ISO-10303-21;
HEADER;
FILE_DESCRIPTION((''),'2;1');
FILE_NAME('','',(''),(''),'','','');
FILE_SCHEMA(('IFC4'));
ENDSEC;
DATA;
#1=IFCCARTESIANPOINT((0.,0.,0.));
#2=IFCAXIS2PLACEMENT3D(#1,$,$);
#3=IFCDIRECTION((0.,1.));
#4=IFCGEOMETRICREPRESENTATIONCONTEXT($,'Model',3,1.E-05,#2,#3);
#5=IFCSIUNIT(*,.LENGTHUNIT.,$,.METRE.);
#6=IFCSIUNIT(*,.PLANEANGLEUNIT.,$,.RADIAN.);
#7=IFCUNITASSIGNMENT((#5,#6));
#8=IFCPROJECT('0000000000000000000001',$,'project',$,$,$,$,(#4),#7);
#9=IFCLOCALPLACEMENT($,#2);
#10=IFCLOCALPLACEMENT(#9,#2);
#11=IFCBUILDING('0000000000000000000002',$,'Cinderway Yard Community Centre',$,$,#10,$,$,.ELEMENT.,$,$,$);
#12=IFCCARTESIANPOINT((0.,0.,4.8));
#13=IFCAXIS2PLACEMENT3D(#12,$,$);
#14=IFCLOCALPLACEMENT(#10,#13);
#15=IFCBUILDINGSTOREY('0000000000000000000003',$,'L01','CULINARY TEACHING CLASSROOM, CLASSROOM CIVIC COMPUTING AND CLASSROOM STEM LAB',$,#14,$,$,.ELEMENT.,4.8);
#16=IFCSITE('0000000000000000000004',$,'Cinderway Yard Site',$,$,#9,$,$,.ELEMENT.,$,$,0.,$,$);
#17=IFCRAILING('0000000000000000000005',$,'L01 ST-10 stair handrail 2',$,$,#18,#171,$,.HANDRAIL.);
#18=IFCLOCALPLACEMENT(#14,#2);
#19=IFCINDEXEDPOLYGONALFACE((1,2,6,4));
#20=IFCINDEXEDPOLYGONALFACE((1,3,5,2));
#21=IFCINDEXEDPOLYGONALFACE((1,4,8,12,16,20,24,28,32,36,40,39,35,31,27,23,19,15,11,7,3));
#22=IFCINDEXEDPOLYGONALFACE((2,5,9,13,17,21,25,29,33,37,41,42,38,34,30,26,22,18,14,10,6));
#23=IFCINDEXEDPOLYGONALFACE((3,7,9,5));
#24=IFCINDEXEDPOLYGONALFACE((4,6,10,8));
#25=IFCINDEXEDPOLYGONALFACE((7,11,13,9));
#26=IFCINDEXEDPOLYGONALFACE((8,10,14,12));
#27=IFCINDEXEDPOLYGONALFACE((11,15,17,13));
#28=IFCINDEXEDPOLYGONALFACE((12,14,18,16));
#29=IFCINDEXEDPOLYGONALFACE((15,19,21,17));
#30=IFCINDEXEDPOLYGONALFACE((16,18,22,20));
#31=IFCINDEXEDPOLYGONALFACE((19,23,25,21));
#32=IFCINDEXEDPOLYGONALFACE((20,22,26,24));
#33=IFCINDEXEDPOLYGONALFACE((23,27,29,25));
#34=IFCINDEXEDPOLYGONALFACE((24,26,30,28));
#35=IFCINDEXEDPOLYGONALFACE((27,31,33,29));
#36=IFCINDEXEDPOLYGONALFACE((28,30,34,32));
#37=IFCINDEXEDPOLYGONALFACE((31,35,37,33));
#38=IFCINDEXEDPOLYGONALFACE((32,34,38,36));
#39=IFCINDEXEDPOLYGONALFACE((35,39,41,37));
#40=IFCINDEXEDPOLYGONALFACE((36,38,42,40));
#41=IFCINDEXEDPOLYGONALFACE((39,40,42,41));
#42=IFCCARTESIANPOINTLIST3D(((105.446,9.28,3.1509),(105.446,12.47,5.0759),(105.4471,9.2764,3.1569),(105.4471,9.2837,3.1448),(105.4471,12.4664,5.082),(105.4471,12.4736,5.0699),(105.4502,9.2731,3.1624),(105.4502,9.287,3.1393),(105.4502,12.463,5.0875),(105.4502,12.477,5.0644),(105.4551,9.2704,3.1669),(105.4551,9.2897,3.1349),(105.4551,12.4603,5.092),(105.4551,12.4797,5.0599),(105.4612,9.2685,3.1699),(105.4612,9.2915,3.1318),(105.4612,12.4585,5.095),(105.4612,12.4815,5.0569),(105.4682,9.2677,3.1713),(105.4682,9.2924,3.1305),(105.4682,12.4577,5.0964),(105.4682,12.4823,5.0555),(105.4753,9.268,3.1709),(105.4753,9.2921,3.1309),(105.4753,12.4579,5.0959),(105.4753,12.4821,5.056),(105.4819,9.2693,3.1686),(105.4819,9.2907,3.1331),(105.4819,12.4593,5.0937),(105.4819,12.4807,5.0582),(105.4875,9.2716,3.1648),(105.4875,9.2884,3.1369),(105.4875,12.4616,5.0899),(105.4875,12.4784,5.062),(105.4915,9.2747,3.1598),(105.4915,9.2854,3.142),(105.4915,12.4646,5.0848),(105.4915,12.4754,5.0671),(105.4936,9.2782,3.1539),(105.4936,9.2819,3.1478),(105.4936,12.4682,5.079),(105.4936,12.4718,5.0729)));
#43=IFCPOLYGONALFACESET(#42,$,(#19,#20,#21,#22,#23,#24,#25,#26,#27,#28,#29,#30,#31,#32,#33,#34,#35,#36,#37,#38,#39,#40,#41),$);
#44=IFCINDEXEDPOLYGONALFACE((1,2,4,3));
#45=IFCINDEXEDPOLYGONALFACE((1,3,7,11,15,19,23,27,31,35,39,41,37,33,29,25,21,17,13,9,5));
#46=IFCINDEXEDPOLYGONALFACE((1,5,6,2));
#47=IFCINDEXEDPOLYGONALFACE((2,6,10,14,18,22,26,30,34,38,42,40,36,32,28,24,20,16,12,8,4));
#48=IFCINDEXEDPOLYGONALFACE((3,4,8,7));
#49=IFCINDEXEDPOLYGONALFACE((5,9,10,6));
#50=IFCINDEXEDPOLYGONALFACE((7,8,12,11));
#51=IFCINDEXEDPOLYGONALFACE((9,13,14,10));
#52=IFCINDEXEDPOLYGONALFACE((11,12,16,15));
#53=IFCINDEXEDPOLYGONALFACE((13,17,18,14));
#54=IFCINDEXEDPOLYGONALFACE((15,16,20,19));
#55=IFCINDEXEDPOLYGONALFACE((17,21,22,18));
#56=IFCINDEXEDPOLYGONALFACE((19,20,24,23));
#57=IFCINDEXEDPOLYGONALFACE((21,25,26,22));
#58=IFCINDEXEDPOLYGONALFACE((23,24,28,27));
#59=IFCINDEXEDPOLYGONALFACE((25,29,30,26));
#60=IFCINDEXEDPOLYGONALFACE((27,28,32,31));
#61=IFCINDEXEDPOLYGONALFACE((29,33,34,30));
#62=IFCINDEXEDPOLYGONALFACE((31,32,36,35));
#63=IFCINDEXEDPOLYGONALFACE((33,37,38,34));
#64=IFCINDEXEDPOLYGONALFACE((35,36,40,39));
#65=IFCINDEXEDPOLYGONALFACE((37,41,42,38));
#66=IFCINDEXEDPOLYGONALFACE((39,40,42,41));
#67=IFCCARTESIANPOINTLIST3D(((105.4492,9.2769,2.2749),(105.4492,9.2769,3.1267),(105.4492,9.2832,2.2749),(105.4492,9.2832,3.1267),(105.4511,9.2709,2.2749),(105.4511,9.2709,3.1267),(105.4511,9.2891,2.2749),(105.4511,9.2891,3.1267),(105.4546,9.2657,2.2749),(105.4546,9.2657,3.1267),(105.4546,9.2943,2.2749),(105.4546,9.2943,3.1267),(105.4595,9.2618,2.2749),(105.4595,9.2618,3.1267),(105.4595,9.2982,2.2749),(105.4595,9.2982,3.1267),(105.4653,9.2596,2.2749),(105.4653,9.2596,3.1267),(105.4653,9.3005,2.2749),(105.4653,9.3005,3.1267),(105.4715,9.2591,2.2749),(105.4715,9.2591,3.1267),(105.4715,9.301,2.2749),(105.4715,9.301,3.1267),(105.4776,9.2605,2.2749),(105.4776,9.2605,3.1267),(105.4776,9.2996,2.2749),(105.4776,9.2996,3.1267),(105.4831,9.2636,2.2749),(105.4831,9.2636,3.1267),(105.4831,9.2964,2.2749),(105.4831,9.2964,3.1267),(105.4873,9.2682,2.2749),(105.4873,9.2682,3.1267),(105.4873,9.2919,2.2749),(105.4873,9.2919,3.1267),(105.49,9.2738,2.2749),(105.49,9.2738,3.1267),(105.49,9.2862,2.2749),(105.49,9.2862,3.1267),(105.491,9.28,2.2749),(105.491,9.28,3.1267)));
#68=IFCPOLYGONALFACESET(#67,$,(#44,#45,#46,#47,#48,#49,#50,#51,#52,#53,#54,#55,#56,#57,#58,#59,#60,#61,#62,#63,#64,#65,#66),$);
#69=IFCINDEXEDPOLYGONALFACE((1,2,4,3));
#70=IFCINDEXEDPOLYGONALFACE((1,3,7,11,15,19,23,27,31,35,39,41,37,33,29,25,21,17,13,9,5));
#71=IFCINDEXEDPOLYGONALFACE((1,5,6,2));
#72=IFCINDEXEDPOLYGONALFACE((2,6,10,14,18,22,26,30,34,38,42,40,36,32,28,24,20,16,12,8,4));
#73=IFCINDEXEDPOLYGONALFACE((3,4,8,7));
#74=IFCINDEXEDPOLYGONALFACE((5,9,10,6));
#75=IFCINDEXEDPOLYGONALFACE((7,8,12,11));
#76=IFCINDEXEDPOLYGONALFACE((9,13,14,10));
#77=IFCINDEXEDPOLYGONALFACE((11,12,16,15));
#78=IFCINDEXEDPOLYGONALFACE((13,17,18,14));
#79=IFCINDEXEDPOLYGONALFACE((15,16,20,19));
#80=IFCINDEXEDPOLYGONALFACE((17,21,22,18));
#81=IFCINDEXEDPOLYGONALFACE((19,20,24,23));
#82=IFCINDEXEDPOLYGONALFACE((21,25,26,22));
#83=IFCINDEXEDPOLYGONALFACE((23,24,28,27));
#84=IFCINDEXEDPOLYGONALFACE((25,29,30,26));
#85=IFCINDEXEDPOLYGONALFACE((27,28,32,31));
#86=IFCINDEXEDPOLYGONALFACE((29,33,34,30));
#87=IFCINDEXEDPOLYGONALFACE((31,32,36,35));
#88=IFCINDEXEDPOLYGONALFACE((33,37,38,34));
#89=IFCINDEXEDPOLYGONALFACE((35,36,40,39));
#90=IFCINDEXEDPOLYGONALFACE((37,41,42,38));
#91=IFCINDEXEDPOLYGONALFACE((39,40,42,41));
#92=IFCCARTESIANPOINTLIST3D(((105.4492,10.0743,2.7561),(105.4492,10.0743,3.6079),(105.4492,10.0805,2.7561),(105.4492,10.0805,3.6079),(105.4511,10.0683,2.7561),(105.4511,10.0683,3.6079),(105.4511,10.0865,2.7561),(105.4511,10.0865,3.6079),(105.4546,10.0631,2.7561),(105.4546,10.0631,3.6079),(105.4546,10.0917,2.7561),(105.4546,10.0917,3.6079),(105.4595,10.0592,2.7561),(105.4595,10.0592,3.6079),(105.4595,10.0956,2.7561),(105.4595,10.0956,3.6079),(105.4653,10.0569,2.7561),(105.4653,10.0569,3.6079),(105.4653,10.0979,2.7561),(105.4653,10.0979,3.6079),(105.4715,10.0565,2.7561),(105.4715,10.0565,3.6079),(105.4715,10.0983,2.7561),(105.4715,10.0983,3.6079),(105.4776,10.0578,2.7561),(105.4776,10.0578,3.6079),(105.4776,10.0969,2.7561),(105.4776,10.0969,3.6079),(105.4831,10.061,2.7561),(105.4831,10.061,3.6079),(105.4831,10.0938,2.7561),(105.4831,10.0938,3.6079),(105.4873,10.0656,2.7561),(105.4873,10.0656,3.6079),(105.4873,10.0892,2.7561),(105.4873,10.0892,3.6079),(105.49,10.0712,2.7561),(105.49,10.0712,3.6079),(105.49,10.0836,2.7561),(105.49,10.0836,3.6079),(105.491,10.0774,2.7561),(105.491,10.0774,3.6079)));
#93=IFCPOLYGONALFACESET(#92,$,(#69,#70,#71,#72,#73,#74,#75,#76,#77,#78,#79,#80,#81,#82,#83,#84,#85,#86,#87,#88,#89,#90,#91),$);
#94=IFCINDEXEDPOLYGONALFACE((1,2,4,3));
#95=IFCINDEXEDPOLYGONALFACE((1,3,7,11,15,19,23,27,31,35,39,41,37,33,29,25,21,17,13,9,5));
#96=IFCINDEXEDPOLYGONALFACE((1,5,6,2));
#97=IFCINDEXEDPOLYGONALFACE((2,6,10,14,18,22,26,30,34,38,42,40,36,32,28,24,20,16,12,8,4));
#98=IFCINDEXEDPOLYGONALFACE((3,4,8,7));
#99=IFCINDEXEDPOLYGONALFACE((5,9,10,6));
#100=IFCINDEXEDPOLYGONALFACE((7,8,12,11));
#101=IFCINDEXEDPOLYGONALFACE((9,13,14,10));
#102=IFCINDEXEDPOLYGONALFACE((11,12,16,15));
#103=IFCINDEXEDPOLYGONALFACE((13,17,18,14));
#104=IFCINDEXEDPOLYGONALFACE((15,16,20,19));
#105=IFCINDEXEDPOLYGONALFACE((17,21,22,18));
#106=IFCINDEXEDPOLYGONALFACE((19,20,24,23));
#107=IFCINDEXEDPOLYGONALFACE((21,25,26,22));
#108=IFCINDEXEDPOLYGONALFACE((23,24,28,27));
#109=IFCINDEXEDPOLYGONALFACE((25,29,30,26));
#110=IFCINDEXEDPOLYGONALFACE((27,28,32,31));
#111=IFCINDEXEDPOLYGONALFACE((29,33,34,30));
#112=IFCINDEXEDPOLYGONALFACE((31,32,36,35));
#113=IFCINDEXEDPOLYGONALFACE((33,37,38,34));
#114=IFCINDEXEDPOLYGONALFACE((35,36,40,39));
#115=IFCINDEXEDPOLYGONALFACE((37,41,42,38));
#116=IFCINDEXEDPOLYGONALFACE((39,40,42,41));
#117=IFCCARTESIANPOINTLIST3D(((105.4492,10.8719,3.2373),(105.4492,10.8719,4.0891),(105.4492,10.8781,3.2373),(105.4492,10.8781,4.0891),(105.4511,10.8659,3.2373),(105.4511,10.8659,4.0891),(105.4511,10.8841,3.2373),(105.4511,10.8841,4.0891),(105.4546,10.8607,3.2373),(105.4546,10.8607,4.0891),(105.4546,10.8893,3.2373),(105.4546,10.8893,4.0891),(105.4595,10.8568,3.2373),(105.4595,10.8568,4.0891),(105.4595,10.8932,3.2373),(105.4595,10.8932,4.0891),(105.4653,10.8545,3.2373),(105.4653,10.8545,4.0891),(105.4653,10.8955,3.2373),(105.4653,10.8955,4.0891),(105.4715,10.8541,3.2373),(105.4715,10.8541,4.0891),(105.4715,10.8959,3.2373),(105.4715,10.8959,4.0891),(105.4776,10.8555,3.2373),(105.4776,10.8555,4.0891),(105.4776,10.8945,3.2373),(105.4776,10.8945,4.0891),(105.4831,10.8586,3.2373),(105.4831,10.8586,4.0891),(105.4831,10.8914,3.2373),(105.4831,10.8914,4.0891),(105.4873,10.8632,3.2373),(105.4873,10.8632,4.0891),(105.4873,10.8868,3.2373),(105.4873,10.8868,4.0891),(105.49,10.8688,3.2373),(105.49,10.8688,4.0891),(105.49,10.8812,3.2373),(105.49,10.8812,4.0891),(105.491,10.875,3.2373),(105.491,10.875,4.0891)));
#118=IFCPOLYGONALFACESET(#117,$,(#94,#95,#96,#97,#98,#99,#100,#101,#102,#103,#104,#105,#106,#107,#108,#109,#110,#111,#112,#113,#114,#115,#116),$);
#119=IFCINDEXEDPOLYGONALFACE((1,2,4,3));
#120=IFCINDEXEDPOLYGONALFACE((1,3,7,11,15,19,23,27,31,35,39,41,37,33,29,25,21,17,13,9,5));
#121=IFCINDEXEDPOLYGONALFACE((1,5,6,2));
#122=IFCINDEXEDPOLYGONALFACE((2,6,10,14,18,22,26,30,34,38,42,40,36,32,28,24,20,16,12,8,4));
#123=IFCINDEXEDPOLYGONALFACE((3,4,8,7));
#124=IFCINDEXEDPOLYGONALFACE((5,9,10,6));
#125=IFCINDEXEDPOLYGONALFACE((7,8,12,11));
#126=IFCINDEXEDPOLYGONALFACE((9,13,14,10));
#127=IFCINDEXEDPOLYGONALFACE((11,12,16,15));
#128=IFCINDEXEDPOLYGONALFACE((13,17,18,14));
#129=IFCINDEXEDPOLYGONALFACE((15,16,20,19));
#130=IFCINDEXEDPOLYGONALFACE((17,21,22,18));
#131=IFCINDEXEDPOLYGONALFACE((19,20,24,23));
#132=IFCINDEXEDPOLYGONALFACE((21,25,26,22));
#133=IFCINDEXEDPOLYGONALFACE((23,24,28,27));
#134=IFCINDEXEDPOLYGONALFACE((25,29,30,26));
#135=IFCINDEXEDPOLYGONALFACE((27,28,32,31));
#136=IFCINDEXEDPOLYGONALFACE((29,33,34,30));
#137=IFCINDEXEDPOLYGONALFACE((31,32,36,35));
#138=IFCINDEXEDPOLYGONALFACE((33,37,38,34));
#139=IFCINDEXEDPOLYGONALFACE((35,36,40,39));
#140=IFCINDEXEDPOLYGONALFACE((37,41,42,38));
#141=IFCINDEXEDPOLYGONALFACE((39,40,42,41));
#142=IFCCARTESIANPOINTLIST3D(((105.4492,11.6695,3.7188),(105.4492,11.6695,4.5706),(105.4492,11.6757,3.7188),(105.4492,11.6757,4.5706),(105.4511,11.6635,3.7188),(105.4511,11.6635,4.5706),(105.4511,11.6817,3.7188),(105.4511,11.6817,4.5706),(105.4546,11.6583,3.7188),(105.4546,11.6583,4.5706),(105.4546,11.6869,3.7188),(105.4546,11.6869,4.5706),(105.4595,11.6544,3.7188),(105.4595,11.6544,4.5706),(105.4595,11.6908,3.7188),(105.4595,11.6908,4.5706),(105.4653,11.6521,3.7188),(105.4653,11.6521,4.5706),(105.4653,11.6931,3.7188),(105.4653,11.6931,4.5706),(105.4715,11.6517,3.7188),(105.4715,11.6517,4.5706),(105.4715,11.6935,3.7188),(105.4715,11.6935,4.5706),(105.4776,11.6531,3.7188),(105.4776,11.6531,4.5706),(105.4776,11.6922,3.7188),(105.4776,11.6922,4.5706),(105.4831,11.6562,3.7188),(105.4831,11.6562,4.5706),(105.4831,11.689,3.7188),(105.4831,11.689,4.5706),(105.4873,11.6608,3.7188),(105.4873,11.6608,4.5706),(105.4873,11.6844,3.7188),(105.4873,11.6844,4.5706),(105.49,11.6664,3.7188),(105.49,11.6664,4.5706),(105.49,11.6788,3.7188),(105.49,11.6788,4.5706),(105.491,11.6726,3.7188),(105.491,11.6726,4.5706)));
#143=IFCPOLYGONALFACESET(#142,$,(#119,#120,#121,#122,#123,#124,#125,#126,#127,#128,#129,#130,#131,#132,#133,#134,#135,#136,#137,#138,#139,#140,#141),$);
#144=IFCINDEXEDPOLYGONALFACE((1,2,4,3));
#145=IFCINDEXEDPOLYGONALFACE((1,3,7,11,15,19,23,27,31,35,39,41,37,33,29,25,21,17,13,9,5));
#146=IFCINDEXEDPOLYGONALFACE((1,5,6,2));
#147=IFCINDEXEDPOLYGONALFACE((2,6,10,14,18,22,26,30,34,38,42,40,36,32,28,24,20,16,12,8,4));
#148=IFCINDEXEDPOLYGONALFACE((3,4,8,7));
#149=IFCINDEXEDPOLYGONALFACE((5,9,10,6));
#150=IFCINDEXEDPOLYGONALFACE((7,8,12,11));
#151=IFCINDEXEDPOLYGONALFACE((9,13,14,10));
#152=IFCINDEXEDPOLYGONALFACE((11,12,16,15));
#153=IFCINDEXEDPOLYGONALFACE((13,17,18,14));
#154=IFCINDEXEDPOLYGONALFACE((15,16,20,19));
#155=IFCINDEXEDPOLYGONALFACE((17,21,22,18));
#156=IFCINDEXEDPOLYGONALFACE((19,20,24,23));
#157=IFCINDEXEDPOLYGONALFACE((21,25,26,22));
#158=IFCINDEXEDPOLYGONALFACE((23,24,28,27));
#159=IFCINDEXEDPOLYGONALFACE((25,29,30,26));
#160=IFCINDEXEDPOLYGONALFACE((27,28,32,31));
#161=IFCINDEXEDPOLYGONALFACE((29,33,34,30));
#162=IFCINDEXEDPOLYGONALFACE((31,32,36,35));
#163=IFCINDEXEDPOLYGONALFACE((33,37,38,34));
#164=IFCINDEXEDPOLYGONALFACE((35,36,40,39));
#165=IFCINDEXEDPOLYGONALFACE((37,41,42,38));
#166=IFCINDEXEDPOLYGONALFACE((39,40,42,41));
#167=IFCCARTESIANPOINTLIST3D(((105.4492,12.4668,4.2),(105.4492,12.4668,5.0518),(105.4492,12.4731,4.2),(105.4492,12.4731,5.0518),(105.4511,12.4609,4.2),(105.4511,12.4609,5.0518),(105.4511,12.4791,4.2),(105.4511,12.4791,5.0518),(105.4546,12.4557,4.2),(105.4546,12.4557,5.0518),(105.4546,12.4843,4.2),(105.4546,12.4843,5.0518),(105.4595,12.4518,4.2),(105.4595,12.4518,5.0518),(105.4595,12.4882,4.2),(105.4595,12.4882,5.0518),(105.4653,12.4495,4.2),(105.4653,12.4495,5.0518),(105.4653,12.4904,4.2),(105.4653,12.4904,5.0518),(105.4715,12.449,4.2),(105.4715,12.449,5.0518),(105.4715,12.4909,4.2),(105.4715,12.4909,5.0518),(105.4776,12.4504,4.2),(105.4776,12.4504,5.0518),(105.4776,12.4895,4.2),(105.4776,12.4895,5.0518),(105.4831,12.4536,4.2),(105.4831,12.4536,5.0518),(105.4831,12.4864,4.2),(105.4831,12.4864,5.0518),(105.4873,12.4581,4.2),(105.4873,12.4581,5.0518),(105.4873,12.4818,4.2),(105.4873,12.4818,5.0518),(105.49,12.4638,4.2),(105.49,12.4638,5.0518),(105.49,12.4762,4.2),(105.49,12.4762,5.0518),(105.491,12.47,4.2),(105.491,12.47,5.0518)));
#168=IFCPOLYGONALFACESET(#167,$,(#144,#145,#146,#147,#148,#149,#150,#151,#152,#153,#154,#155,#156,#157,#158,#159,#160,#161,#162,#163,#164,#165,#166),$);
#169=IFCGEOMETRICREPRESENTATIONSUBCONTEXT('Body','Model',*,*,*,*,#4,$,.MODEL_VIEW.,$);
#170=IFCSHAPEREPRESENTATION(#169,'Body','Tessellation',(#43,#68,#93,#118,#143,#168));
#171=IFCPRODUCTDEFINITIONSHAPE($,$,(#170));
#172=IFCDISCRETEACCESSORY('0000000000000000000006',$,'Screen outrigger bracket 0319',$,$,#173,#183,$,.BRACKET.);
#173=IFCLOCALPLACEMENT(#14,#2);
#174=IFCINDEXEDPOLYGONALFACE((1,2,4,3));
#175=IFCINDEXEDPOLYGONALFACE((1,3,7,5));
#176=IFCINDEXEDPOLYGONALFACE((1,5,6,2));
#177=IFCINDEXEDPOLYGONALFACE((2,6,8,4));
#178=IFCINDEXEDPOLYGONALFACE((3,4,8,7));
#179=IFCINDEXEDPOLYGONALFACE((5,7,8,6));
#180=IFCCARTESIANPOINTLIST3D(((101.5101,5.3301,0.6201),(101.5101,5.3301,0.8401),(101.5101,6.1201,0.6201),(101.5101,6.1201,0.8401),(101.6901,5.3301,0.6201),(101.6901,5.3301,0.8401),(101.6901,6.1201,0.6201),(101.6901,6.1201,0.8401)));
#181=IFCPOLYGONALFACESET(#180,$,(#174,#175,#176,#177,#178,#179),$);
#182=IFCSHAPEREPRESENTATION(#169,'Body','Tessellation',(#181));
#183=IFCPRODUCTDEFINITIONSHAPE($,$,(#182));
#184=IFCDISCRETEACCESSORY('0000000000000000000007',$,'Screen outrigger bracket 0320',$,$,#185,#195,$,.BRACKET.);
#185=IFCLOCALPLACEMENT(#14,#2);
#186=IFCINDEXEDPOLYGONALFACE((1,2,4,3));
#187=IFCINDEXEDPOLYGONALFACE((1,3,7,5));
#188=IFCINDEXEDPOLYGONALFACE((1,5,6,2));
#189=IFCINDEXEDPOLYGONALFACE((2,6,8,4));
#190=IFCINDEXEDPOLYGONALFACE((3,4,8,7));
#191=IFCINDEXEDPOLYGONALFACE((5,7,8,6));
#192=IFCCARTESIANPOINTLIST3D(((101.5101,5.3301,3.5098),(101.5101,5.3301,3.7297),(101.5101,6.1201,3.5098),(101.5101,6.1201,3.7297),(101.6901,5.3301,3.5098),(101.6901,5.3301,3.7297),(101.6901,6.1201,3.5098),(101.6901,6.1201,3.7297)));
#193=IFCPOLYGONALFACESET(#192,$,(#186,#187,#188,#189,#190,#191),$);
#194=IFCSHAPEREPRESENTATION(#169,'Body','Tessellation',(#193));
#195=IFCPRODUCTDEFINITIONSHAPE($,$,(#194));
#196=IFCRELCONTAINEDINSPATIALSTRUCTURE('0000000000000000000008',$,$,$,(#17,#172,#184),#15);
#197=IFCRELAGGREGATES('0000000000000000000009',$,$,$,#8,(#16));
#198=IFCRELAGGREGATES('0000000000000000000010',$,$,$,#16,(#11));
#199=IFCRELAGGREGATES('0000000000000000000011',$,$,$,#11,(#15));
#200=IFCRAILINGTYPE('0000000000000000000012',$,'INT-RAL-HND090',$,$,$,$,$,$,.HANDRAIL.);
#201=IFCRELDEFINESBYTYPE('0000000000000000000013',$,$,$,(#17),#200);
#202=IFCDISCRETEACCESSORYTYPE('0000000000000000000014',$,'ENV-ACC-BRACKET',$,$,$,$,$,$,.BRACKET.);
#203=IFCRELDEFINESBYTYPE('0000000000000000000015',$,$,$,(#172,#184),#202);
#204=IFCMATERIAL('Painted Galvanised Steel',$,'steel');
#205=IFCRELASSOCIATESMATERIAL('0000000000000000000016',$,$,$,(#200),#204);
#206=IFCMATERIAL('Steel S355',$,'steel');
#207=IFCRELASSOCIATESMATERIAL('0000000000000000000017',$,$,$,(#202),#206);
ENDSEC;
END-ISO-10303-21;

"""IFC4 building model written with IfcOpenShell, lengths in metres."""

from ifc_helpers import new_model, si_unit, direction, frame, origin, origin_2d, place, context, subcontext, project, spatial, rectangle, circle, extrude, material, type_object, element, save


model = new_model("IFC4")

# Units and contexts
model_context = context("Model", 3, precision=1e-05, world=origin(), true_north=direction((0.0, 1.0)))
body_context = subcontext(model_context, "Body", "Model", "MODEL_VIEW")
ifc_project = project(units=[si_unit("LENGTHUNIT", "METRE"), si_unit("PLANEANGLEUNIT", "RADIAN")], contexts=[model_context])

# Site, building, storey
site_placement = place(None, origin())
site = spatial("IfcSite", under=ifc_project, at=site_placement, Name="Cinderway Yard Site", CompositionType="ELEMENT", RefElevation=0.0)
building_placement = place(site_placement, origin())
building = spatial("IfcBuilding", under=site, at=building_placement, Name="Cinderway Yard Community Centre", CompositionType="ELEMENT")
storey_placement = place(building_placement, frame((0.0, 0.0, 4.8)))
storey = spatial("IfcBuildingStorey", under=building, at=storey_placement, Name="L01", Description="CULINARY TEACHING CLASSROOM, CLASSROOM CIVIC COMPUTING AND CLASSROOM STEM LAB", CompositionType="ELEMENT", Elevation=4.8)

# Shared definitions
ifc_material_1 = material(Name="Steel S355", Category="steel")

# Railing
ifc_material_2 = material(Name="Painted Galvanised Steel", Category="steel")
railing_type_1 = type_object("IfcRailingType", Name="INT-RAL-HND090", PredefinedType="HANDRAIL", material=ifc_material_2)
railing_1_placement = place(storey_placement, frame((105.47, 9.28, 2.2749)))
element("IfcRailing", 1, at=railing_1_placement, inside=storey, type_object=railing_type_1, Name="L01 ST-10 stair handrail 2", PredefinedType="HANDRAIL", context=body_context, shape_type="SweptSolid", body=[
    extrude(circle(Radius=0.0239, at=origin_2d()), frame((0.0, 0.0, 0.876), z_axis=(0.0, 0.856178, 0.516682), x_axis=(-1.0, 0.0, 0.0)), (0.0, 0.0, 1.0), 3.7258),
    extrude(circle(Radius=0.021, at=origin_2d()), origin(), (0.0, 0.0, 1.0), 0.8518),
    extrude(circle(Radius=0.021, at=origin_2d()), frame((0.0, 0.7974, 0.4812)), (0.0, 0.0, 1.0), 0.8518),
    extrude(circle(Radius=0.021, at=origin_2d()), frame((0.0, 1.595, 0.9624)), (0.0, 0.0, 1.0), 0.8518),
    extrude(circle(Radius=0.021, at=origin_2d()), frame((0.0, 2.3926, 1.4438)), (0.0, 0.0, 1.0), 0.8518),
    extrude(circle(Radius=0.021, at=origin_2d()), frame((0.0, 3.1899, 1.925)), (0.0, 0.0, 1.0), 0.8518),
])

# Discrete accessories
discrete_accessory_type = type_object("IfcDiscreteAccessoryType", Name="ENV-ACC-BRACKET", PredefinedType="BRACKET", material=ifc_material_1)
for number, where, z_axis, x_axis, name in (
    (2, (101.6001, 5.7251, 0.6201), (0.0, 0.0, 1.0), (0.0, -1.0, 0.0), "Screen outrigger bracket 0319"),
    (3, (101.6001, 5.7251, 3.5098), (0.0, 0.0, 1.0), (0.0, -1.0, 0.0), "Screen outrigger bracket 0320"),
):
    element("IfcDiscreteAccessory", number, at=place(storey_placement, frame(where, z_axis=z_axis, x_axis=x_axis)), inside=storey, type_object=discrete_accessory_type, Name=name, PredefinedType="BRACKET", context=body_context, shape_type="SweptSolid", body=[
        extrude(rectangle(XDim=0.79, YDim=0.1799, at=origin_2d()), origin(), (0.0, 0.0, 1.0), 0.22),
    ])

save(model, "model.ifc")
